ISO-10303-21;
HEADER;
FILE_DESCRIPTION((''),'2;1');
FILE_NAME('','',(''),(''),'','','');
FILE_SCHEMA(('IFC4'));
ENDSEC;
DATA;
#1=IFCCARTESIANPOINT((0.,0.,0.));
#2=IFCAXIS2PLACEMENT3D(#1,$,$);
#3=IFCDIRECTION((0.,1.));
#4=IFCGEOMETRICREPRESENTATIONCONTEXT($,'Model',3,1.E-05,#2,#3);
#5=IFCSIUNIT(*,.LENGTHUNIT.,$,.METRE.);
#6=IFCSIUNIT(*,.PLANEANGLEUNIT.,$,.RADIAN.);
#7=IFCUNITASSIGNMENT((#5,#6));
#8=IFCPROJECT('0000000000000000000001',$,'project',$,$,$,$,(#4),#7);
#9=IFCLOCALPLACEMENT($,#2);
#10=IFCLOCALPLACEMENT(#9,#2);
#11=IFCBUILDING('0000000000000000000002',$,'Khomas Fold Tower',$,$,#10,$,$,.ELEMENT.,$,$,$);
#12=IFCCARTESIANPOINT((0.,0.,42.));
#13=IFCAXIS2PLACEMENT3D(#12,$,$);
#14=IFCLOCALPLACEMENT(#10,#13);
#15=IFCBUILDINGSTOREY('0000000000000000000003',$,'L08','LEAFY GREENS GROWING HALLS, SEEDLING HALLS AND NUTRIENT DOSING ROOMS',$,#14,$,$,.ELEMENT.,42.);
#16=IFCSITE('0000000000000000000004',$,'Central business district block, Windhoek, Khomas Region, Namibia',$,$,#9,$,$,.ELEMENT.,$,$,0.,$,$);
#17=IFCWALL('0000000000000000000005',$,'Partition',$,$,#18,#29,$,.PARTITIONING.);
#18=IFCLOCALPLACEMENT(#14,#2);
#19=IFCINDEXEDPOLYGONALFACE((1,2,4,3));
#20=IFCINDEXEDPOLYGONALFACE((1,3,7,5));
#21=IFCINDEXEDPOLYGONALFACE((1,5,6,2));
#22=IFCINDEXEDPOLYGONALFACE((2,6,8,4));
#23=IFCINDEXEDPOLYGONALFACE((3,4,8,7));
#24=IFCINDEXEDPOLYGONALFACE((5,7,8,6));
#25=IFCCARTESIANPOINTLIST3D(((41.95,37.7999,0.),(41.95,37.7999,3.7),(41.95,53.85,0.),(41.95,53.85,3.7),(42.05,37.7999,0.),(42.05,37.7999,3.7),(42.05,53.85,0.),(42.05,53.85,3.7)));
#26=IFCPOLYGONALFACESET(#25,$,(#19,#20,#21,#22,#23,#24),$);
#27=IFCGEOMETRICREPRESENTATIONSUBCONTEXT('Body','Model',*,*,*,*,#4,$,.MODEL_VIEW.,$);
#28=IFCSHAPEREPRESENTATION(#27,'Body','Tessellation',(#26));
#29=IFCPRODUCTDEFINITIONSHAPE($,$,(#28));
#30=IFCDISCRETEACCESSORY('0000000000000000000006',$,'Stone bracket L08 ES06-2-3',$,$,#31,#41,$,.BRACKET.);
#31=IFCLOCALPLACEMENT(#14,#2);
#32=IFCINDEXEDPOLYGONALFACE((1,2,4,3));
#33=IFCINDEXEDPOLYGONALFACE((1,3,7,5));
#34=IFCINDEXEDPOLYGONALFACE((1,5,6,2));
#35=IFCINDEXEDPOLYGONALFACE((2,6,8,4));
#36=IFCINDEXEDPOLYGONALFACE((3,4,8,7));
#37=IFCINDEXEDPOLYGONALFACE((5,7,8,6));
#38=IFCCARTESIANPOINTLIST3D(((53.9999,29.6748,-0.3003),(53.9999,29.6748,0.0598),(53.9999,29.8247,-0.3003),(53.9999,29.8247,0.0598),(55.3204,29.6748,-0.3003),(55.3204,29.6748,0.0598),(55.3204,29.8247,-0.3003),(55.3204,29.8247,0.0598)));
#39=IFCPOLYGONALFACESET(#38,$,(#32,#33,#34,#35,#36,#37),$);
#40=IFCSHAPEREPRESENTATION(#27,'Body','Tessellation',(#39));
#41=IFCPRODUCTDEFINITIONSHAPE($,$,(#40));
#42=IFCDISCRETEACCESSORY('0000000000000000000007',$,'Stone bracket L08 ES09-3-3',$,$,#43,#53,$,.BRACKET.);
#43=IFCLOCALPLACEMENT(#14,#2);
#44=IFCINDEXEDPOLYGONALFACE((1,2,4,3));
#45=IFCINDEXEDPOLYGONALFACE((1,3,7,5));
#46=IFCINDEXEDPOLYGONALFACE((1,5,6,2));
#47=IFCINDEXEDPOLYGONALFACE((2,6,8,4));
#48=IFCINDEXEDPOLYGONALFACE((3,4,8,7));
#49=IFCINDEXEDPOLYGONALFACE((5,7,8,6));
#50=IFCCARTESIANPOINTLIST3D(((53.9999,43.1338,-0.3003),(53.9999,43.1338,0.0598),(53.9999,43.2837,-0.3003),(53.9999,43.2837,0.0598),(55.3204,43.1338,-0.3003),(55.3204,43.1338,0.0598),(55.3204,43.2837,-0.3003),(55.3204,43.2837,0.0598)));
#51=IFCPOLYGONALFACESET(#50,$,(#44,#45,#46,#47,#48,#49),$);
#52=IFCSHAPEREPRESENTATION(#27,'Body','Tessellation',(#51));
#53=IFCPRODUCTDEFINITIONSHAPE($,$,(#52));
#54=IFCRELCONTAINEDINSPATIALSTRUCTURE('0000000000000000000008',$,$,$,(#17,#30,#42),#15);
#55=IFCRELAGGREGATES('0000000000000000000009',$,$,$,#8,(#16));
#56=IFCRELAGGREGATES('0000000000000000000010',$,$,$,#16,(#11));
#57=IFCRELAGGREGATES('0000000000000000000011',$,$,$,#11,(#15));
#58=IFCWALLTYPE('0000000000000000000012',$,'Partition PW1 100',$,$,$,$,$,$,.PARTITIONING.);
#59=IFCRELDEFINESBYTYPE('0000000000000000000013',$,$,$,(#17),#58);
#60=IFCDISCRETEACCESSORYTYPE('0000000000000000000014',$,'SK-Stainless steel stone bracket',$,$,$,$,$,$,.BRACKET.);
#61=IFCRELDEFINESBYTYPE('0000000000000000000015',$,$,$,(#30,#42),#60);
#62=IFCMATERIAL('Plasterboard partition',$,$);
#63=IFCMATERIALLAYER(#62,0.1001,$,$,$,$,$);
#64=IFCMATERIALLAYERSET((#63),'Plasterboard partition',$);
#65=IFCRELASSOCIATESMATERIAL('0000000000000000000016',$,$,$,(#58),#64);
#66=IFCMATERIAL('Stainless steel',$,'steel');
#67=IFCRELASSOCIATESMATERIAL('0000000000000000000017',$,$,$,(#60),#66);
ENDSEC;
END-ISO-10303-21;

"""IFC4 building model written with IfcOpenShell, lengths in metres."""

from ifc_helpers import new_model, si_unit, direction, frame, frame_2d, origin, origin_2d, place, context, subcontext, project, spatial, rectangle, extrude, source, transform, mapped, material, layer, layer_set, type_object, element, save


model = new_model("IFC4")

# Units and contexts
model_context = context("Model", 3, precision=1e-05, world=origin(), true_north=direction((0.0, 1.0)))
body_context = subcontext(model_context, "Body", "Model", "MODEL_VIEW")
ifc_project = project(units=[si_unit("LENGTHUNIT", "METRE"), si_unit("PLANEANGLEUNIT", "RADIAN")], contexts=[model_context])

# Site, building, storey
site_placement = place(None, origin())
site = spatial("IfcSite", under=ifc_project, at=site_placement, Name="Central business district block, Windhoek, Khomas Region, Namibia", CompositionType="ELEMENT", RefElevation=0.0)
building_placement = place(site_placement, origin())
building = spatial("IfcBuilding", under=site, at=building_placement, Name="Khomas Fold Tower", CompositionType="ELEMENT")
storey_placement = place(building_placement, frame((0.0, 0.0, 42.0)))
storey = spatial("IfcBuildingStorey", under=building, at=storey_placement, Name="L08", Description="LEAFY GREENS GROWING HALLS, SEEDLING HALLS AND NUTRIENT DOSING ROOMS", CompositionType="ELEMENT", Elevation=42.0)

# Wall
ifc_material_1 = material(Name="Plasterboard partition")
ifc_layer_1 = layer(ifc_material_1, 0.1001)
ifc_layer_set_1 = layer_set([ifc_layer_1], Name="Plasterboard partition")
wall_type = type_object("IfcWallType", Name="Partition PW1 100", PredefinedType="PARTITIONING", material=ifc_layer_set_1)
shared_shape_1 = source(origin(), body_context, "Body", "SweptSolid", [
    extrude(rectangle(XDim=16.05, YDim=0.1001, at=frame_2d((8.0249, 0.0))), origin(), (0.0, 0.0, 1.0), 3.7),
])
wall_placement = place(storey_placement, frame((42.0, 37.8, 0.0), z_axis=(0.0, 0.0, 1.0), x_axis=(0.0, 1.0, 0.0)))
element("IfcWall", 1, at=wall_placement, inside=storey, type_object=wall_type, Name="Partition", PredefinedType="PARTITIONING", context=body_context, shape_type="MappedRepresentation", body=[
    mapped(shared_shape_1, transform((0.0, 0.0, 0.0))),
])

# Discrete accessories
ifc_material_2 = material(Name="Stainless steel", Category="steel")
discrete_accessory_type = type_object("IfcDiscreteAccessoryType", Name="SK-Stainless steel stone bracket", PredefinedType="BRACKET", material=ifc_material_2)
shared_shape_2 = source(origin(), body_context, "Body", "SweptSolid", [
    extrude(rectangle(XDim=1.3206, YDim=0.1499, at=origin_2d()), origin(), (0.0, 0.0, 1.0), 0.3601),
])
for number, where, z_axis, x_axis, name in (
    (2, (54.6602, 29.7498, -0.3003), (0.0, 0.0, 1.0), (1.0, 0.0, 0.0), "Stone bracket L08 ES06-2-3"),
    (3, (54.6602, 43.2087, -0.3003), (0.0, 0.0, 1.0), (1.0, 0.0, 0.0), "Stone bracket L08 ES09-3-3"),
):
    element("IfcDiscreteAccessory", number, at=place(storey_placement, frame(where, z_axis=z_axis, x_axis=x_axis)), inside=storey, type_object=discrete_accessory_type, Name=name, PredefinedType="BRACKET", context=body_context, shape_type="MappedRepresentation", body=[
        mapped(shared_shape_2, transform((0.0, 0.0, 0.0))),
    ])

save(model, "model.ifc")
